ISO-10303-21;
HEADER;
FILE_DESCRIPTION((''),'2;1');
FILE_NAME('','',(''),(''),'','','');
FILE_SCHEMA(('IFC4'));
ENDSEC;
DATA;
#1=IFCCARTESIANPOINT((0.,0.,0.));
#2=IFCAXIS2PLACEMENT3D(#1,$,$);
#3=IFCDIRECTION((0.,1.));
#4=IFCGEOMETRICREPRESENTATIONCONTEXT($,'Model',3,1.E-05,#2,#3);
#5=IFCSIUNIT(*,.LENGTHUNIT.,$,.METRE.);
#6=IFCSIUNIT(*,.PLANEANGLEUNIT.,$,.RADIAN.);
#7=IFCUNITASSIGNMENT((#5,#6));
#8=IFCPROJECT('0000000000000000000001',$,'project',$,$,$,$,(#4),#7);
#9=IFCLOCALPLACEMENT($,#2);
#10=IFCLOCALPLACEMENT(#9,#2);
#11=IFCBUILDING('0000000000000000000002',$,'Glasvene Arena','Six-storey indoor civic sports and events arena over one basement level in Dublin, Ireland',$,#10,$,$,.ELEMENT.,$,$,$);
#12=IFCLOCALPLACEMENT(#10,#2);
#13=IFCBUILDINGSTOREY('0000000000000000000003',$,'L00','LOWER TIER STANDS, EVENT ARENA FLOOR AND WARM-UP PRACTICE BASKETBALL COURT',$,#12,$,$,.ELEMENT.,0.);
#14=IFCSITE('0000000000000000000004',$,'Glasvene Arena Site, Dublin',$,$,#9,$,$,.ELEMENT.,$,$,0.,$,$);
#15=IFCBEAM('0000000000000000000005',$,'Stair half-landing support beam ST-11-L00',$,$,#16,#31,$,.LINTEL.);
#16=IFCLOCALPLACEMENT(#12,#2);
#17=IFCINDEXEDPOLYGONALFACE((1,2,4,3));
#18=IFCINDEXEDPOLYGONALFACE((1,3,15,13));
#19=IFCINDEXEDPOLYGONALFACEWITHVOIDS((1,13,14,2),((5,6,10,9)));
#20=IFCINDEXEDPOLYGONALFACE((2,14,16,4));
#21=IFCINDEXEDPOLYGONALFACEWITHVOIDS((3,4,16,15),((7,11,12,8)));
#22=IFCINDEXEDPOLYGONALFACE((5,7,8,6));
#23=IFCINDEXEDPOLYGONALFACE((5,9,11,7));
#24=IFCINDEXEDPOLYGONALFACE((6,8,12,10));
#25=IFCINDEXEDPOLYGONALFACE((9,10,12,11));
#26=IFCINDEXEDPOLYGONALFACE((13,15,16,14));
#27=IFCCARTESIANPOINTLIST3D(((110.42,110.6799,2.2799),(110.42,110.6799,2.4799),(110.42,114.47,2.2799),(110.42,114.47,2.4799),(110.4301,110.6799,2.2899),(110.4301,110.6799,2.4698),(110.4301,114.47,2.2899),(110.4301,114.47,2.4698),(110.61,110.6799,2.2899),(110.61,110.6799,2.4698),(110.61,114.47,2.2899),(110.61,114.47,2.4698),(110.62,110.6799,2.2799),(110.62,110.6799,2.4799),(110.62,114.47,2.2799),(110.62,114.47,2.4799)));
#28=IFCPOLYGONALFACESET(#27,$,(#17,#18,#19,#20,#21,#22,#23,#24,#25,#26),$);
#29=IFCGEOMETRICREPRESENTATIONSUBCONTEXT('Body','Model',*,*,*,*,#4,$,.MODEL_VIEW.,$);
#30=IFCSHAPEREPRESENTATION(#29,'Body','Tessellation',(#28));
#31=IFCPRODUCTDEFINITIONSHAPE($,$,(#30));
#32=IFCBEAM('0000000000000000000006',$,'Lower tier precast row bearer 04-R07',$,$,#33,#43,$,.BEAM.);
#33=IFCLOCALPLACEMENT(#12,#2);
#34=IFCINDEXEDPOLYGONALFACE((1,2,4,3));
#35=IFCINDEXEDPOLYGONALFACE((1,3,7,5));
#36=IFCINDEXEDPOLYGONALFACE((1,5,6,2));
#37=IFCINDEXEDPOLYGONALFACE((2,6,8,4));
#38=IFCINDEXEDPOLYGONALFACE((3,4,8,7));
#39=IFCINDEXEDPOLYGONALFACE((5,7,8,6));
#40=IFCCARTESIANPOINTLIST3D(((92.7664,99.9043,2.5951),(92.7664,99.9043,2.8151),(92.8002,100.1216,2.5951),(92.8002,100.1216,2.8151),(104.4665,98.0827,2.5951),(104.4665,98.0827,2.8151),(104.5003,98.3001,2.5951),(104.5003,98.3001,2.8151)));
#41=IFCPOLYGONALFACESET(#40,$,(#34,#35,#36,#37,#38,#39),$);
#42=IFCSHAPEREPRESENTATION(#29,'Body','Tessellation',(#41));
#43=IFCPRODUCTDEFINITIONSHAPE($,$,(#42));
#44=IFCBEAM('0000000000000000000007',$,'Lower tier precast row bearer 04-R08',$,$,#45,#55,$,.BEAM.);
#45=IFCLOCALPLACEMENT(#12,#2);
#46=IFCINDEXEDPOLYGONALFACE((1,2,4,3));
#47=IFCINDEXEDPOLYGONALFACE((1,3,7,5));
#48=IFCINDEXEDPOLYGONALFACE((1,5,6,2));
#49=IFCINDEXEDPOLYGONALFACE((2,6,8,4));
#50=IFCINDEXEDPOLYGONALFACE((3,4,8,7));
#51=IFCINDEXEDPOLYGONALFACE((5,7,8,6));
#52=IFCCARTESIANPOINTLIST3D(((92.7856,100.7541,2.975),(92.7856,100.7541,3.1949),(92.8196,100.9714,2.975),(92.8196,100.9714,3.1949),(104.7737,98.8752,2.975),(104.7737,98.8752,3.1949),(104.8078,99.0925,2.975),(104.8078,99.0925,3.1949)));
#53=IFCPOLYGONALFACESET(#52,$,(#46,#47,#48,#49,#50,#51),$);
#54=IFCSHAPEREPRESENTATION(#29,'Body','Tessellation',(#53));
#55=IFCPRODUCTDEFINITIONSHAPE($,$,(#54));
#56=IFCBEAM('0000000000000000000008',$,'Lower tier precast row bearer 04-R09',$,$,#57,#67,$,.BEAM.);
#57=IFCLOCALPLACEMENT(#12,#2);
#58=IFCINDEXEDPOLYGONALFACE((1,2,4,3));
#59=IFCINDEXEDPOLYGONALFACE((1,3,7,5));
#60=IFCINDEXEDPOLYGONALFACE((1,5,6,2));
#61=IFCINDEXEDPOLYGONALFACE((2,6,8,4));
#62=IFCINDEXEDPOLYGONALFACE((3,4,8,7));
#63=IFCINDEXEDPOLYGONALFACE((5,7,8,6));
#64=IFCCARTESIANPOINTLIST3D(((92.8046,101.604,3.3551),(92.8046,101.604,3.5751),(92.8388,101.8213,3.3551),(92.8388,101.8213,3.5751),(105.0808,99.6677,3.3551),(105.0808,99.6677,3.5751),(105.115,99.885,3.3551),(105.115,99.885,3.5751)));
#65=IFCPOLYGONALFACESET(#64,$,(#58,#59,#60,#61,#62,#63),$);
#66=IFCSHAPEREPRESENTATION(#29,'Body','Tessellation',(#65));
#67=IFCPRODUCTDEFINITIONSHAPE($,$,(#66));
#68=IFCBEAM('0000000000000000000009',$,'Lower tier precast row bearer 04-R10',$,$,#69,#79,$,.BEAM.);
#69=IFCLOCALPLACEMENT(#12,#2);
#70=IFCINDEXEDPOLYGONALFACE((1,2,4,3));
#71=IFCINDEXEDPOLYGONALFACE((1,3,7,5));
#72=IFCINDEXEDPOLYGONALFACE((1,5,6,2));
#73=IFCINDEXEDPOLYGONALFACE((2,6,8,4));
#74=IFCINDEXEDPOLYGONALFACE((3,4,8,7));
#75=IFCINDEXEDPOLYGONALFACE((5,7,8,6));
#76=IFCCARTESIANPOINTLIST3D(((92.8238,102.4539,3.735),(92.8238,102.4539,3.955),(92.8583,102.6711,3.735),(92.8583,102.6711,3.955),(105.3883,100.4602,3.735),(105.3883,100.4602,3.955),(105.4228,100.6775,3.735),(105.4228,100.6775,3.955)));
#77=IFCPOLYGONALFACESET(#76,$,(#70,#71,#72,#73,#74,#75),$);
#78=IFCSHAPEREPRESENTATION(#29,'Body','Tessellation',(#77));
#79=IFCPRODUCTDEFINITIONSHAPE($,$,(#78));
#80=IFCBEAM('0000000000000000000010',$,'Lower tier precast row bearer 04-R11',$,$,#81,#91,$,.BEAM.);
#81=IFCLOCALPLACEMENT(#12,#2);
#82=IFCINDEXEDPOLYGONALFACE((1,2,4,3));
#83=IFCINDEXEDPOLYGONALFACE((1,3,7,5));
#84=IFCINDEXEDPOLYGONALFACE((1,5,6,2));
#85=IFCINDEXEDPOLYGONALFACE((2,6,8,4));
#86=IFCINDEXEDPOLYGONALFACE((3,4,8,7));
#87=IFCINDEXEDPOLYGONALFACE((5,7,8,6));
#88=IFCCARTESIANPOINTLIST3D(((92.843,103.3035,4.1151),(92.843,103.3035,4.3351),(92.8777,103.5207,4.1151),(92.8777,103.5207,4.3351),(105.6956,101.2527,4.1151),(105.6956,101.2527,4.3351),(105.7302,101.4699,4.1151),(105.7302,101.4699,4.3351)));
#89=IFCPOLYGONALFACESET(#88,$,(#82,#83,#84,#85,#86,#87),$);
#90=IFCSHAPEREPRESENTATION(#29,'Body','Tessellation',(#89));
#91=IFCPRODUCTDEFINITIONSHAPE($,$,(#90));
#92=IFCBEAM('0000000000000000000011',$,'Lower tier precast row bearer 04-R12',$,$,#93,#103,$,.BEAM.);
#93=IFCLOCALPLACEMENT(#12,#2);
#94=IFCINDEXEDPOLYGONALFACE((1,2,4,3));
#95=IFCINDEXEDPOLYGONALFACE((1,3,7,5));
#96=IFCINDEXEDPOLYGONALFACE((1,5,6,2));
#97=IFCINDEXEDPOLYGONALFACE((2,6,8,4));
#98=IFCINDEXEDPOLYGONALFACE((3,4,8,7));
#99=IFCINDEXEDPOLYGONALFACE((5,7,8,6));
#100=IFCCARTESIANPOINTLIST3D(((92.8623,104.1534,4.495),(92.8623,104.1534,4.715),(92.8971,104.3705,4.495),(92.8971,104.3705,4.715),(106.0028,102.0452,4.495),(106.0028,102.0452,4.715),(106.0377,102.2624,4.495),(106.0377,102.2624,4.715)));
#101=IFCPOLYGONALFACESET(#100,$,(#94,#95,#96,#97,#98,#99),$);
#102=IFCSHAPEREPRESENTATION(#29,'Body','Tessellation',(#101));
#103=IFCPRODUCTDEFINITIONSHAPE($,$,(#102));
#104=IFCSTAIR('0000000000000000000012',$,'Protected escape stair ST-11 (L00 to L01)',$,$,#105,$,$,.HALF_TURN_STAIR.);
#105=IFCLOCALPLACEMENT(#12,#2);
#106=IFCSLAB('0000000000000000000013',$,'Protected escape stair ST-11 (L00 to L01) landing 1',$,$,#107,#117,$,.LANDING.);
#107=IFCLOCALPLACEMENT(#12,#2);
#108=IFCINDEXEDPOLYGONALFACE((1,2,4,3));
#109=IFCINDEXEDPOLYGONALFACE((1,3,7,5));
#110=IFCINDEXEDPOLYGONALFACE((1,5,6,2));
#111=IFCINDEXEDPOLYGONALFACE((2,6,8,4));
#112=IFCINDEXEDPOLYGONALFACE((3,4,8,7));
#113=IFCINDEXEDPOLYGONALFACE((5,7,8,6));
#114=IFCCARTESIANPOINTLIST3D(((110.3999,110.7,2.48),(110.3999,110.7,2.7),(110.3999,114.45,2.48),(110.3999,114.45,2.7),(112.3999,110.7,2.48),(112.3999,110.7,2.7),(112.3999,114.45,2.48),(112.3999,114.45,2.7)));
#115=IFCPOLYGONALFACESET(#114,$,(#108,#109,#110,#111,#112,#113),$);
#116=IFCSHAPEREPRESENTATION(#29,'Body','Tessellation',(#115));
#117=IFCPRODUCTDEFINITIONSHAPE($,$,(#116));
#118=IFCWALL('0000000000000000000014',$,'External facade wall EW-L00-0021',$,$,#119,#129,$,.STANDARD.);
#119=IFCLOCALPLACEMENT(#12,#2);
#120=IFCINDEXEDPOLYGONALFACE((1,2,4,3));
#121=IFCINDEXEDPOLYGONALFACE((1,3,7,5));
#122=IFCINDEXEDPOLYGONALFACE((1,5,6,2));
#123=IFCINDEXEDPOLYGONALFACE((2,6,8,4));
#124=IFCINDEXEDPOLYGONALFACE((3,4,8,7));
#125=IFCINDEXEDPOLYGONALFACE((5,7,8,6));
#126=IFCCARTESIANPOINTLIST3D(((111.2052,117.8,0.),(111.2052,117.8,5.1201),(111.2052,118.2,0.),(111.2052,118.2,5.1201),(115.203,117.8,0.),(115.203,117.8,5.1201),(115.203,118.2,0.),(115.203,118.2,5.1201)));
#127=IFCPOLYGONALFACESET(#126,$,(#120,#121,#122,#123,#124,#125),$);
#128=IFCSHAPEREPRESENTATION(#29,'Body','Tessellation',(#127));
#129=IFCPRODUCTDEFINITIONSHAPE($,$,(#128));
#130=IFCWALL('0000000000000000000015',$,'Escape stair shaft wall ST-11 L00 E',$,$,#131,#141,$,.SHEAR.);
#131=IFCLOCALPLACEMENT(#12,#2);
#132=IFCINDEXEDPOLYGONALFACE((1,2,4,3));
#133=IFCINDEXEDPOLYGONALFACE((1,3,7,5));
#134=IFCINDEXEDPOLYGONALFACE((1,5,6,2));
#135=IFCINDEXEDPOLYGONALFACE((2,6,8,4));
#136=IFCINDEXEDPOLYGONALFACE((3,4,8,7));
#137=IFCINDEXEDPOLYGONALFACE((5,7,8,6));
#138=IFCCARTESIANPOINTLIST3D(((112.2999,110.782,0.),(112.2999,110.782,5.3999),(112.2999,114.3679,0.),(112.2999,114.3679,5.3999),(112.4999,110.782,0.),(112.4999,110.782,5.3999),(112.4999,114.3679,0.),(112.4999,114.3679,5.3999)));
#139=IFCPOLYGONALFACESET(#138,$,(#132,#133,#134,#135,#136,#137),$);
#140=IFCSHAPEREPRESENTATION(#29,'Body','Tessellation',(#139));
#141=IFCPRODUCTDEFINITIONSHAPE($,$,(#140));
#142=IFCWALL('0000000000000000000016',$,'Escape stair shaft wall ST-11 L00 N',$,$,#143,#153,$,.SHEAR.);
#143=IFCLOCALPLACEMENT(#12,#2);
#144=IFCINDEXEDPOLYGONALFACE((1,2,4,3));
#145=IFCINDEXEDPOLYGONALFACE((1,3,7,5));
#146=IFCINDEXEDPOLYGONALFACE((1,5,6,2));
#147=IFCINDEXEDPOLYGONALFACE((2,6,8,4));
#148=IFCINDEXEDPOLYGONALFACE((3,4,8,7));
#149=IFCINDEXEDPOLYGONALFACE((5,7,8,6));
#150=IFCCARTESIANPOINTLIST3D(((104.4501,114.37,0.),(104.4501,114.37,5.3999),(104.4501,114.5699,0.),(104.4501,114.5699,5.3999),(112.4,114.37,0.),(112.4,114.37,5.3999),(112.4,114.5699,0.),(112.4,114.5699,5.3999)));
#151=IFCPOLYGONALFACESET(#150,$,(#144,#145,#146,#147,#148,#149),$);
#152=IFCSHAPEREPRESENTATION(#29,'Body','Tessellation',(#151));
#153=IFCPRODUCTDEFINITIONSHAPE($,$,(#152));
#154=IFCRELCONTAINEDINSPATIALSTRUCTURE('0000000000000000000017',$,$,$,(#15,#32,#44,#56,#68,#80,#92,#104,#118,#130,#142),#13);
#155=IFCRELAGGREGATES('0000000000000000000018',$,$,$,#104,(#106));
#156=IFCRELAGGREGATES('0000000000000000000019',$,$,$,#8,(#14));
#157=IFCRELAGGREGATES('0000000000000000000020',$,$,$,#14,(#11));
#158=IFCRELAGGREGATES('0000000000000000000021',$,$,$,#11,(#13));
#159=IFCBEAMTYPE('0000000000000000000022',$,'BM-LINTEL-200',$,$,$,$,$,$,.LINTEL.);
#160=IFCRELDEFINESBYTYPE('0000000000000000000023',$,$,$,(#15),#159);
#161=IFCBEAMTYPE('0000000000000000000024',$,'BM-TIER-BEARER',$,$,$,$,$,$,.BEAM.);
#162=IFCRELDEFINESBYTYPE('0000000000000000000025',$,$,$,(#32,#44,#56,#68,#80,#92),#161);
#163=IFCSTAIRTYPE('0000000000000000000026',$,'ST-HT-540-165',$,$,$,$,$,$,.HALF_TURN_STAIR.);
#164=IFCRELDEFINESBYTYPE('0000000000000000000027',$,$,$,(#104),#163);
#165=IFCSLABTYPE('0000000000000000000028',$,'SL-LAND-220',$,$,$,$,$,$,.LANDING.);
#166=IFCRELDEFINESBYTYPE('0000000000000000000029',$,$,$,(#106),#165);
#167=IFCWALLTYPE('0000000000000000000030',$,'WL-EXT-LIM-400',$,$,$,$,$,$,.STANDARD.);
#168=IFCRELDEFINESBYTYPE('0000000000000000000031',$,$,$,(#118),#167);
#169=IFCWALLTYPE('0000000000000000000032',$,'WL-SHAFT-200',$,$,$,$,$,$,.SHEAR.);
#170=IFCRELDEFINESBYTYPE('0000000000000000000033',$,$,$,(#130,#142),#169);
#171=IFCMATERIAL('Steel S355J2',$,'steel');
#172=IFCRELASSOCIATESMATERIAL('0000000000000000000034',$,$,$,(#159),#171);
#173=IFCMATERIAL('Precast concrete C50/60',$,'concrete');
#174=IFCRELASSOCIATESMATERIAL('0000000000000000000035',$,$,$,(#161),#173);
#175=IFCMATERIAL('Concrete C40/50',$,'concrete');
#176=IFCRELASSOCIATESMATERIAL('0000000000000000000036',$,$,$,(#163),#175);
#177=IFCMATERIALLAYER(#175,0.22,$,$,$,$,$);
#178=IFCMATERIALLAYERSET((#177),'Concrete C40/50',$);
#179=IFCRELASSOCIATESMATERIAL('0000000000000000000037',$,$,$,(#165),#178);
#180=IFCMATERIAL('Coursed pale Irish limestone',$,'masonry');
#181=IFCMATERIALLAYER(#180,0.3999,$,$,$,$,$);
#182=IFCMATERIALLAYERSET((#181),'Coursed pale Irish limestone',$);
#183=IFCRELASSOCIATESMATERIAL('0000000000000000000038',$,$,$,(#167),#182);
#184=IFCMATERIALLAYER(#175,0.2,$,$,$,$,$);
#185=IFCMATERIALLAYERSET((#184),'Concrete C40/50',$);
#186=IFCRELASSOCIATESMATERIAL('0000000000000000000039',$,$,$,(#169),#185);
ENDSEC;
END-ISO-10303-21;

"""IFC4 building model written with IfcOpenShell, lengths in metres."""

from ifc_helpers import new_model, si_unit, direction, frame, frame_2d, origin, origin_2d, place, context, subcontext, project, spatial, polyline, rectangle, hollow_rectangle, outline, extrude, material, layer, layer_set, material_profile, profile_set, type_object, element, aggregate, save


model = new_model("IFC4")

# Units and contexts
model_context = context("Model", 3, precision=1e-05, world=origin(), true_north=direction((0.0, 1.0)))
body_context = subcontext(model_context, "Body", "Model", "MODEL_VIEW")
ifc_project = project(units=[si_unit("LENGTHUNIT", "METRE"), si_unit("PLANEANGLEUNIT", "RADIAN")], contexts=[model_context])

# Site, building, storey
site_placement = place(None, origin())
site = spatial("IfcSite", under=ifc_project, at=site_placement, Name="Glasvene Arena Site, Dublin", CompositionType="ELEMENT", RefElevation=0.0)
building_placement = place(site_placement, origin())
building = spatial("IfcBuilding", under=site, at=building_placement, Name="Glasvene Arena", Description="Six-storey indoor civic sports and events arena over one basement level in Dublin, Ireland", CompositionType="ELEMENT")
storey_placement = place(building_placement, origin())
storey = spatial("IfcBuildingStorey", under=building, at=storey_placement, Name="L00", Description="LOWER TIER STANDS, EVENT ARENA FLOOR AND WARM-UP PRACTICE BASKETBALL COURT", CompositionType="ELEMENT", Elevation=0.0)

# Shared definitions
ifc_material_1 = material(Name="Concrete C40/50", Category="concrete")
ifc_material_2 = material(Name="Steel S355J2", Category="steel")

# Beams
ifc_material_profile_1 = material_profile(ifc_material_2, hollow_rectangle(XDim=0.2, YDim=0.2, WallThickness=0.01, at=origin_2d()), Name="SHS 200x200x10.0")
ifc_profile_set_1 = profile_set([ifc_material_profile_1], Name="Steel S355J2")
beam_type_1 = type_object("IfcBeamType", Name="BM-LINTEL-200", PredefinedType="LINTEL", material=ifc_profile_set_1)
beam_1_placement = place(storey_placement, frame((110.52, 110.6799, 2.3799), z_axis=(0.0, 1.0, 0.0), x_axis=(-1.0, 0.0, 0.0)))
element("IfcBeam", 1, at=beam_1_placement, inside=storey, type_object=beam_type_1, Name="Stair half-landing support beam ST-11-L00", PredefinedType="LINTEL", context=body_context, shape_type="SweptSolid", body=[
    extrude(hollow_rectangle(XDim=0.2, YDim=0.2, WallThickness=0.01, at=origin_2d()), origin(), (0.0, 0.0, 1.0), 3.79),
])
ifc_material_3 = material(Name="Precast concrete C50/60", Category="concrete")
ifc_material_profile_2 = material_profile(ifc_material_3, rectangle(XDim=0.22, YDim=0.22, at=origin_2d()), Name="RC 220x220")
ifc_profile_set_2 = profile_set([ifc_material_profile_2], Name="Precast concrete C50/60")
beam_type_2 = type_object("IfcBeamType", Name="BM-TIER-BEARER", PredefinedType="BEAM", material=ifc_profile_set_2)
beam_2_placement = place(storey_placement, frame((104.4834, 98.1914, 2.7051), z_axis=(-0.988097, 0.153831, 0.0), x_axis=(-0.153831, -0.988097, 0.0)))
element("IfcBeam", 2, at=beam_2_placement, inside=storey, type_object=beam_type_2, Name="Lower tier precast row bearer 04-R07", PredefinedType="BEAM", context=body_context, shape_type="SweptSolid", body=[
    extrude(rectangle(XDim=0.22, YDim=0.22, at=origin_2d()), origin(), (0.0, 0.0, 1.0), 11.8411),
])
beam_3_placement = place(storey_placement, frame((104.7908, 98.9839, 3.085), z_axis=(-0.98794, 0.154838, 0.0), x_axis=(-0.154838, -0.98794, 0.0)))
element("IfcBeam", 3, at=beam_3_placement, inside=storey, type_object=beam_type_2, Name="Lower tier precast row bearer 04-R08", PredefinedType="BEAM", context=body_context, shape_type="SweptSolid", body=[
    extrude(rectangle(XDim=0.22, YDim=0.22, at=origin_2d()), origin(), (0.0, 0.0, 1.0), 12.1345),
])
beam_4_placement = place(storey_placement, frame((105.0979, 99.7764, 3.4651), z_axis=(-0.987788, 0.155801, 0.0), x_axis=(-0.155801, -0.987788, 0.0)))
element("IfcBeam", 4, at=beam_4_placement, inside=storey, type_object=beam_type_2, Name="Lower tier precast row bearer 04-R09", PredefinedType="BEAM", context=body_context, shape_type="SweptSolid", body=[
    extrude(rectangle(XDim=0.22, YDim=0.22, at=origin_2d()), origin(), (0.0, 0.0, 1.0), 12.428),
])
beam_5_placement = place(storey_placement, frame((105.4055, 100.5688, 3.845), z_axis=(-0.987644, 0.156713, 0.0), x_axis=(-0.156713, -0.987644, 0.0)))
element("IfcBeam", 5, at=beam_5_placement, inside=storey, type_object=beam_type_2, Name="Lower tier precast row bearer 04-R10", PredefinedType="BEAM", context=body_context, shape_type="SweptSolid", body=[
    extrude(rectangle(XDim=0.22, YDim=0.22, at=origin_2d()), origin(), (0.0, 0.0, 1.0), 12.7217),
])
beam_6_placement = place(storey_placement, frame((105.7129, 101.3613, 4.2251), z_axis=(-0.987508, 0.157569, 0.0), x_axis=(-0.157569, -0.987508, 0.0)))
element("IfcBeam", 6, at=beam_6_placement, inside=storey, type_object=beam_type_2, Name="Lower tier precast row bearer 04-R11", PredefinedType="BEAM", context=body_context, shape_type="SweptSolid", body=[
    extrude(rectangle(XDim=0.22, YDim=0.22, at=origin_2d()), origin(), (0.0, 0.0, 1.0), 13.0151),
])
beam_7_placement = place(storey_placement, frame((106.0203, 102.1538, 4.605), z_axis=(-0.987374, 0.158405, 0.0), x_axis=(-0.158405, -0.987374, 0.0)))
element("IfcBeam", 7, at=beam_7_placement, inside=storey, type_object=beam_type_2, Name="Lower tier precast row bearer 04-R12", PredefinedType="BEAM", context=body_context, shape_type="SweptSolid", body=[
    extrude(rectangle(XDim=0.22, YDim=0.22, at=origin_2d()), origin(), (0.0, 0.0, 1.0), 13.3086),
])

# Stair, slab
stair_type = type_object("IfcStairType", Name="ST-HT-540-165", PredefinedType="HALF_TURN_STAIR", material=ifc_material_1)
stair_placement = place(storey_placement, origin())
stair = element("IfcStair", 8, at=stair_placement, inside=storey, type_object=stair_type, Name="Protected escape stair ST-11 (L00 to L01)", PredefinedType="HALF_TURN_STAIR")
ifc_layer_1 = layer(ifc_material_1, 0.22)
ifc_layer_set_1 = layer_set([ifc_layer_1], Name="Concrete C40/50")
slab_type_1 = type_object("IfcSlabType", Name="SL-LAND-220", PredefinedType="LANDING", material=ifc_layer_set_1)
slab_1_placement = place(storey_placement, frame((111.3999, 112.575, 2.48)))
slab_1 = element("IfcSlab", 9, at=slab_1_placement, type_object=slab_type_1, Name="Protected escape stair ST-11 (L00 to L01) landing 1", PredefinedType="LANDING", context=body_context, shape_type="SweptSolid", body=[
    extrude(outline(polyline([(-1.0, -1.875), (1.0, -1.875), (1.0, 1.875), (-1.0, 1.875), (-1.0, -1.875)])), origin(), (0.0, 0.0, 1.0), 0.22),
])

# Walls
ifc_material_4 = material(Name="Coursed pale Irish limestone", Category="masonry")
ifc_layer_2 = layer(ifc_material_4, 0.3999)
ifc_layer_set_2 = layer_set([ifc_layer_2], Name="Coursed pale Irish limestone")
wall_type_1 = type_object("IfcWallType", Name="WL-EXT-LIM-400", PredefinedType="STANDARD", material=ifc_layer_set_2)
wall_1_placement = place(storey_placement, frame((111.2051, 118.0, 0.0), z_axis=(0.0, 0.0, 1.0), x_axis=(1.0, 0.0, 0.0)))
element("IfcWall", 10, at=wall_1_placement, inside=storey, type_object=wall_type_1, Name="External facade wall EW-L00-0021", PredefinedType="STANDARD", context=body_context, shape_type="SweptSolid", body=[
    extrude(rectangle(XDim=3.9978, YDim=0.3999, at=frame_2d((1.999, 0.0))), origin(), (0.0, 0.0, 1.0), 5.1201),
])
ifc_layer_3 = layer(ifc_material_1, 0.2)
ifc_layer_set_3 = layer_set([ifc_layer_3], Name="Concrete C40/50")
wall_type_2 = type_object("IfcWallType", Name="WL-SHAFT-200", PredefinedType="SHEAR", material=ifc_layer_set_3)
wall_2_placement = place(storey_placement, frame((112.3999, 110.782, 0.0), z_axis=(0.0, 0.0, 1.0), x_axis=(0.0, 1.0, 0.0)))
element("IfcWall", 11, at=wall_2_placement, inside=storey, type_object=wall_type_2, Name="Escape stair shaft wall ST-11 L00 E", PredefinedType="SHEAR", context=body_context, shape_type="SweptSolid", body=[
    extrude(rectangle(XDim=3.5859, YDim=0.2, at=frame_2d((1.793, 0.0))), origin(), (0.0, 0.0, 1.0), 5.3999),
])
wall_3_placement = place(storey_placement, frame((104.45, 114.47, 0.0), z_axis=(0.0, 0.0, 1.0), x_axis=(1.0, 0.0, 0.0)))
element("IfcWall", 12, at=wall_3_placement, inside=storey, type_object=wall_type_2, Name="Escape stair shaft wall ST-11 L00 N", PredefinedType="SHEAR", context=body_context, shape_type="SweptSolid", body=[
    extrude(rectangle(XDim=7.95, YDim=0.2, at=frame_2d((3.9751, 0.0))), origin(), (0.0, 0.0, 1.0), 5.3999),
])

aggregate(stair, [slab_1])

save(model, "model.ifc")
